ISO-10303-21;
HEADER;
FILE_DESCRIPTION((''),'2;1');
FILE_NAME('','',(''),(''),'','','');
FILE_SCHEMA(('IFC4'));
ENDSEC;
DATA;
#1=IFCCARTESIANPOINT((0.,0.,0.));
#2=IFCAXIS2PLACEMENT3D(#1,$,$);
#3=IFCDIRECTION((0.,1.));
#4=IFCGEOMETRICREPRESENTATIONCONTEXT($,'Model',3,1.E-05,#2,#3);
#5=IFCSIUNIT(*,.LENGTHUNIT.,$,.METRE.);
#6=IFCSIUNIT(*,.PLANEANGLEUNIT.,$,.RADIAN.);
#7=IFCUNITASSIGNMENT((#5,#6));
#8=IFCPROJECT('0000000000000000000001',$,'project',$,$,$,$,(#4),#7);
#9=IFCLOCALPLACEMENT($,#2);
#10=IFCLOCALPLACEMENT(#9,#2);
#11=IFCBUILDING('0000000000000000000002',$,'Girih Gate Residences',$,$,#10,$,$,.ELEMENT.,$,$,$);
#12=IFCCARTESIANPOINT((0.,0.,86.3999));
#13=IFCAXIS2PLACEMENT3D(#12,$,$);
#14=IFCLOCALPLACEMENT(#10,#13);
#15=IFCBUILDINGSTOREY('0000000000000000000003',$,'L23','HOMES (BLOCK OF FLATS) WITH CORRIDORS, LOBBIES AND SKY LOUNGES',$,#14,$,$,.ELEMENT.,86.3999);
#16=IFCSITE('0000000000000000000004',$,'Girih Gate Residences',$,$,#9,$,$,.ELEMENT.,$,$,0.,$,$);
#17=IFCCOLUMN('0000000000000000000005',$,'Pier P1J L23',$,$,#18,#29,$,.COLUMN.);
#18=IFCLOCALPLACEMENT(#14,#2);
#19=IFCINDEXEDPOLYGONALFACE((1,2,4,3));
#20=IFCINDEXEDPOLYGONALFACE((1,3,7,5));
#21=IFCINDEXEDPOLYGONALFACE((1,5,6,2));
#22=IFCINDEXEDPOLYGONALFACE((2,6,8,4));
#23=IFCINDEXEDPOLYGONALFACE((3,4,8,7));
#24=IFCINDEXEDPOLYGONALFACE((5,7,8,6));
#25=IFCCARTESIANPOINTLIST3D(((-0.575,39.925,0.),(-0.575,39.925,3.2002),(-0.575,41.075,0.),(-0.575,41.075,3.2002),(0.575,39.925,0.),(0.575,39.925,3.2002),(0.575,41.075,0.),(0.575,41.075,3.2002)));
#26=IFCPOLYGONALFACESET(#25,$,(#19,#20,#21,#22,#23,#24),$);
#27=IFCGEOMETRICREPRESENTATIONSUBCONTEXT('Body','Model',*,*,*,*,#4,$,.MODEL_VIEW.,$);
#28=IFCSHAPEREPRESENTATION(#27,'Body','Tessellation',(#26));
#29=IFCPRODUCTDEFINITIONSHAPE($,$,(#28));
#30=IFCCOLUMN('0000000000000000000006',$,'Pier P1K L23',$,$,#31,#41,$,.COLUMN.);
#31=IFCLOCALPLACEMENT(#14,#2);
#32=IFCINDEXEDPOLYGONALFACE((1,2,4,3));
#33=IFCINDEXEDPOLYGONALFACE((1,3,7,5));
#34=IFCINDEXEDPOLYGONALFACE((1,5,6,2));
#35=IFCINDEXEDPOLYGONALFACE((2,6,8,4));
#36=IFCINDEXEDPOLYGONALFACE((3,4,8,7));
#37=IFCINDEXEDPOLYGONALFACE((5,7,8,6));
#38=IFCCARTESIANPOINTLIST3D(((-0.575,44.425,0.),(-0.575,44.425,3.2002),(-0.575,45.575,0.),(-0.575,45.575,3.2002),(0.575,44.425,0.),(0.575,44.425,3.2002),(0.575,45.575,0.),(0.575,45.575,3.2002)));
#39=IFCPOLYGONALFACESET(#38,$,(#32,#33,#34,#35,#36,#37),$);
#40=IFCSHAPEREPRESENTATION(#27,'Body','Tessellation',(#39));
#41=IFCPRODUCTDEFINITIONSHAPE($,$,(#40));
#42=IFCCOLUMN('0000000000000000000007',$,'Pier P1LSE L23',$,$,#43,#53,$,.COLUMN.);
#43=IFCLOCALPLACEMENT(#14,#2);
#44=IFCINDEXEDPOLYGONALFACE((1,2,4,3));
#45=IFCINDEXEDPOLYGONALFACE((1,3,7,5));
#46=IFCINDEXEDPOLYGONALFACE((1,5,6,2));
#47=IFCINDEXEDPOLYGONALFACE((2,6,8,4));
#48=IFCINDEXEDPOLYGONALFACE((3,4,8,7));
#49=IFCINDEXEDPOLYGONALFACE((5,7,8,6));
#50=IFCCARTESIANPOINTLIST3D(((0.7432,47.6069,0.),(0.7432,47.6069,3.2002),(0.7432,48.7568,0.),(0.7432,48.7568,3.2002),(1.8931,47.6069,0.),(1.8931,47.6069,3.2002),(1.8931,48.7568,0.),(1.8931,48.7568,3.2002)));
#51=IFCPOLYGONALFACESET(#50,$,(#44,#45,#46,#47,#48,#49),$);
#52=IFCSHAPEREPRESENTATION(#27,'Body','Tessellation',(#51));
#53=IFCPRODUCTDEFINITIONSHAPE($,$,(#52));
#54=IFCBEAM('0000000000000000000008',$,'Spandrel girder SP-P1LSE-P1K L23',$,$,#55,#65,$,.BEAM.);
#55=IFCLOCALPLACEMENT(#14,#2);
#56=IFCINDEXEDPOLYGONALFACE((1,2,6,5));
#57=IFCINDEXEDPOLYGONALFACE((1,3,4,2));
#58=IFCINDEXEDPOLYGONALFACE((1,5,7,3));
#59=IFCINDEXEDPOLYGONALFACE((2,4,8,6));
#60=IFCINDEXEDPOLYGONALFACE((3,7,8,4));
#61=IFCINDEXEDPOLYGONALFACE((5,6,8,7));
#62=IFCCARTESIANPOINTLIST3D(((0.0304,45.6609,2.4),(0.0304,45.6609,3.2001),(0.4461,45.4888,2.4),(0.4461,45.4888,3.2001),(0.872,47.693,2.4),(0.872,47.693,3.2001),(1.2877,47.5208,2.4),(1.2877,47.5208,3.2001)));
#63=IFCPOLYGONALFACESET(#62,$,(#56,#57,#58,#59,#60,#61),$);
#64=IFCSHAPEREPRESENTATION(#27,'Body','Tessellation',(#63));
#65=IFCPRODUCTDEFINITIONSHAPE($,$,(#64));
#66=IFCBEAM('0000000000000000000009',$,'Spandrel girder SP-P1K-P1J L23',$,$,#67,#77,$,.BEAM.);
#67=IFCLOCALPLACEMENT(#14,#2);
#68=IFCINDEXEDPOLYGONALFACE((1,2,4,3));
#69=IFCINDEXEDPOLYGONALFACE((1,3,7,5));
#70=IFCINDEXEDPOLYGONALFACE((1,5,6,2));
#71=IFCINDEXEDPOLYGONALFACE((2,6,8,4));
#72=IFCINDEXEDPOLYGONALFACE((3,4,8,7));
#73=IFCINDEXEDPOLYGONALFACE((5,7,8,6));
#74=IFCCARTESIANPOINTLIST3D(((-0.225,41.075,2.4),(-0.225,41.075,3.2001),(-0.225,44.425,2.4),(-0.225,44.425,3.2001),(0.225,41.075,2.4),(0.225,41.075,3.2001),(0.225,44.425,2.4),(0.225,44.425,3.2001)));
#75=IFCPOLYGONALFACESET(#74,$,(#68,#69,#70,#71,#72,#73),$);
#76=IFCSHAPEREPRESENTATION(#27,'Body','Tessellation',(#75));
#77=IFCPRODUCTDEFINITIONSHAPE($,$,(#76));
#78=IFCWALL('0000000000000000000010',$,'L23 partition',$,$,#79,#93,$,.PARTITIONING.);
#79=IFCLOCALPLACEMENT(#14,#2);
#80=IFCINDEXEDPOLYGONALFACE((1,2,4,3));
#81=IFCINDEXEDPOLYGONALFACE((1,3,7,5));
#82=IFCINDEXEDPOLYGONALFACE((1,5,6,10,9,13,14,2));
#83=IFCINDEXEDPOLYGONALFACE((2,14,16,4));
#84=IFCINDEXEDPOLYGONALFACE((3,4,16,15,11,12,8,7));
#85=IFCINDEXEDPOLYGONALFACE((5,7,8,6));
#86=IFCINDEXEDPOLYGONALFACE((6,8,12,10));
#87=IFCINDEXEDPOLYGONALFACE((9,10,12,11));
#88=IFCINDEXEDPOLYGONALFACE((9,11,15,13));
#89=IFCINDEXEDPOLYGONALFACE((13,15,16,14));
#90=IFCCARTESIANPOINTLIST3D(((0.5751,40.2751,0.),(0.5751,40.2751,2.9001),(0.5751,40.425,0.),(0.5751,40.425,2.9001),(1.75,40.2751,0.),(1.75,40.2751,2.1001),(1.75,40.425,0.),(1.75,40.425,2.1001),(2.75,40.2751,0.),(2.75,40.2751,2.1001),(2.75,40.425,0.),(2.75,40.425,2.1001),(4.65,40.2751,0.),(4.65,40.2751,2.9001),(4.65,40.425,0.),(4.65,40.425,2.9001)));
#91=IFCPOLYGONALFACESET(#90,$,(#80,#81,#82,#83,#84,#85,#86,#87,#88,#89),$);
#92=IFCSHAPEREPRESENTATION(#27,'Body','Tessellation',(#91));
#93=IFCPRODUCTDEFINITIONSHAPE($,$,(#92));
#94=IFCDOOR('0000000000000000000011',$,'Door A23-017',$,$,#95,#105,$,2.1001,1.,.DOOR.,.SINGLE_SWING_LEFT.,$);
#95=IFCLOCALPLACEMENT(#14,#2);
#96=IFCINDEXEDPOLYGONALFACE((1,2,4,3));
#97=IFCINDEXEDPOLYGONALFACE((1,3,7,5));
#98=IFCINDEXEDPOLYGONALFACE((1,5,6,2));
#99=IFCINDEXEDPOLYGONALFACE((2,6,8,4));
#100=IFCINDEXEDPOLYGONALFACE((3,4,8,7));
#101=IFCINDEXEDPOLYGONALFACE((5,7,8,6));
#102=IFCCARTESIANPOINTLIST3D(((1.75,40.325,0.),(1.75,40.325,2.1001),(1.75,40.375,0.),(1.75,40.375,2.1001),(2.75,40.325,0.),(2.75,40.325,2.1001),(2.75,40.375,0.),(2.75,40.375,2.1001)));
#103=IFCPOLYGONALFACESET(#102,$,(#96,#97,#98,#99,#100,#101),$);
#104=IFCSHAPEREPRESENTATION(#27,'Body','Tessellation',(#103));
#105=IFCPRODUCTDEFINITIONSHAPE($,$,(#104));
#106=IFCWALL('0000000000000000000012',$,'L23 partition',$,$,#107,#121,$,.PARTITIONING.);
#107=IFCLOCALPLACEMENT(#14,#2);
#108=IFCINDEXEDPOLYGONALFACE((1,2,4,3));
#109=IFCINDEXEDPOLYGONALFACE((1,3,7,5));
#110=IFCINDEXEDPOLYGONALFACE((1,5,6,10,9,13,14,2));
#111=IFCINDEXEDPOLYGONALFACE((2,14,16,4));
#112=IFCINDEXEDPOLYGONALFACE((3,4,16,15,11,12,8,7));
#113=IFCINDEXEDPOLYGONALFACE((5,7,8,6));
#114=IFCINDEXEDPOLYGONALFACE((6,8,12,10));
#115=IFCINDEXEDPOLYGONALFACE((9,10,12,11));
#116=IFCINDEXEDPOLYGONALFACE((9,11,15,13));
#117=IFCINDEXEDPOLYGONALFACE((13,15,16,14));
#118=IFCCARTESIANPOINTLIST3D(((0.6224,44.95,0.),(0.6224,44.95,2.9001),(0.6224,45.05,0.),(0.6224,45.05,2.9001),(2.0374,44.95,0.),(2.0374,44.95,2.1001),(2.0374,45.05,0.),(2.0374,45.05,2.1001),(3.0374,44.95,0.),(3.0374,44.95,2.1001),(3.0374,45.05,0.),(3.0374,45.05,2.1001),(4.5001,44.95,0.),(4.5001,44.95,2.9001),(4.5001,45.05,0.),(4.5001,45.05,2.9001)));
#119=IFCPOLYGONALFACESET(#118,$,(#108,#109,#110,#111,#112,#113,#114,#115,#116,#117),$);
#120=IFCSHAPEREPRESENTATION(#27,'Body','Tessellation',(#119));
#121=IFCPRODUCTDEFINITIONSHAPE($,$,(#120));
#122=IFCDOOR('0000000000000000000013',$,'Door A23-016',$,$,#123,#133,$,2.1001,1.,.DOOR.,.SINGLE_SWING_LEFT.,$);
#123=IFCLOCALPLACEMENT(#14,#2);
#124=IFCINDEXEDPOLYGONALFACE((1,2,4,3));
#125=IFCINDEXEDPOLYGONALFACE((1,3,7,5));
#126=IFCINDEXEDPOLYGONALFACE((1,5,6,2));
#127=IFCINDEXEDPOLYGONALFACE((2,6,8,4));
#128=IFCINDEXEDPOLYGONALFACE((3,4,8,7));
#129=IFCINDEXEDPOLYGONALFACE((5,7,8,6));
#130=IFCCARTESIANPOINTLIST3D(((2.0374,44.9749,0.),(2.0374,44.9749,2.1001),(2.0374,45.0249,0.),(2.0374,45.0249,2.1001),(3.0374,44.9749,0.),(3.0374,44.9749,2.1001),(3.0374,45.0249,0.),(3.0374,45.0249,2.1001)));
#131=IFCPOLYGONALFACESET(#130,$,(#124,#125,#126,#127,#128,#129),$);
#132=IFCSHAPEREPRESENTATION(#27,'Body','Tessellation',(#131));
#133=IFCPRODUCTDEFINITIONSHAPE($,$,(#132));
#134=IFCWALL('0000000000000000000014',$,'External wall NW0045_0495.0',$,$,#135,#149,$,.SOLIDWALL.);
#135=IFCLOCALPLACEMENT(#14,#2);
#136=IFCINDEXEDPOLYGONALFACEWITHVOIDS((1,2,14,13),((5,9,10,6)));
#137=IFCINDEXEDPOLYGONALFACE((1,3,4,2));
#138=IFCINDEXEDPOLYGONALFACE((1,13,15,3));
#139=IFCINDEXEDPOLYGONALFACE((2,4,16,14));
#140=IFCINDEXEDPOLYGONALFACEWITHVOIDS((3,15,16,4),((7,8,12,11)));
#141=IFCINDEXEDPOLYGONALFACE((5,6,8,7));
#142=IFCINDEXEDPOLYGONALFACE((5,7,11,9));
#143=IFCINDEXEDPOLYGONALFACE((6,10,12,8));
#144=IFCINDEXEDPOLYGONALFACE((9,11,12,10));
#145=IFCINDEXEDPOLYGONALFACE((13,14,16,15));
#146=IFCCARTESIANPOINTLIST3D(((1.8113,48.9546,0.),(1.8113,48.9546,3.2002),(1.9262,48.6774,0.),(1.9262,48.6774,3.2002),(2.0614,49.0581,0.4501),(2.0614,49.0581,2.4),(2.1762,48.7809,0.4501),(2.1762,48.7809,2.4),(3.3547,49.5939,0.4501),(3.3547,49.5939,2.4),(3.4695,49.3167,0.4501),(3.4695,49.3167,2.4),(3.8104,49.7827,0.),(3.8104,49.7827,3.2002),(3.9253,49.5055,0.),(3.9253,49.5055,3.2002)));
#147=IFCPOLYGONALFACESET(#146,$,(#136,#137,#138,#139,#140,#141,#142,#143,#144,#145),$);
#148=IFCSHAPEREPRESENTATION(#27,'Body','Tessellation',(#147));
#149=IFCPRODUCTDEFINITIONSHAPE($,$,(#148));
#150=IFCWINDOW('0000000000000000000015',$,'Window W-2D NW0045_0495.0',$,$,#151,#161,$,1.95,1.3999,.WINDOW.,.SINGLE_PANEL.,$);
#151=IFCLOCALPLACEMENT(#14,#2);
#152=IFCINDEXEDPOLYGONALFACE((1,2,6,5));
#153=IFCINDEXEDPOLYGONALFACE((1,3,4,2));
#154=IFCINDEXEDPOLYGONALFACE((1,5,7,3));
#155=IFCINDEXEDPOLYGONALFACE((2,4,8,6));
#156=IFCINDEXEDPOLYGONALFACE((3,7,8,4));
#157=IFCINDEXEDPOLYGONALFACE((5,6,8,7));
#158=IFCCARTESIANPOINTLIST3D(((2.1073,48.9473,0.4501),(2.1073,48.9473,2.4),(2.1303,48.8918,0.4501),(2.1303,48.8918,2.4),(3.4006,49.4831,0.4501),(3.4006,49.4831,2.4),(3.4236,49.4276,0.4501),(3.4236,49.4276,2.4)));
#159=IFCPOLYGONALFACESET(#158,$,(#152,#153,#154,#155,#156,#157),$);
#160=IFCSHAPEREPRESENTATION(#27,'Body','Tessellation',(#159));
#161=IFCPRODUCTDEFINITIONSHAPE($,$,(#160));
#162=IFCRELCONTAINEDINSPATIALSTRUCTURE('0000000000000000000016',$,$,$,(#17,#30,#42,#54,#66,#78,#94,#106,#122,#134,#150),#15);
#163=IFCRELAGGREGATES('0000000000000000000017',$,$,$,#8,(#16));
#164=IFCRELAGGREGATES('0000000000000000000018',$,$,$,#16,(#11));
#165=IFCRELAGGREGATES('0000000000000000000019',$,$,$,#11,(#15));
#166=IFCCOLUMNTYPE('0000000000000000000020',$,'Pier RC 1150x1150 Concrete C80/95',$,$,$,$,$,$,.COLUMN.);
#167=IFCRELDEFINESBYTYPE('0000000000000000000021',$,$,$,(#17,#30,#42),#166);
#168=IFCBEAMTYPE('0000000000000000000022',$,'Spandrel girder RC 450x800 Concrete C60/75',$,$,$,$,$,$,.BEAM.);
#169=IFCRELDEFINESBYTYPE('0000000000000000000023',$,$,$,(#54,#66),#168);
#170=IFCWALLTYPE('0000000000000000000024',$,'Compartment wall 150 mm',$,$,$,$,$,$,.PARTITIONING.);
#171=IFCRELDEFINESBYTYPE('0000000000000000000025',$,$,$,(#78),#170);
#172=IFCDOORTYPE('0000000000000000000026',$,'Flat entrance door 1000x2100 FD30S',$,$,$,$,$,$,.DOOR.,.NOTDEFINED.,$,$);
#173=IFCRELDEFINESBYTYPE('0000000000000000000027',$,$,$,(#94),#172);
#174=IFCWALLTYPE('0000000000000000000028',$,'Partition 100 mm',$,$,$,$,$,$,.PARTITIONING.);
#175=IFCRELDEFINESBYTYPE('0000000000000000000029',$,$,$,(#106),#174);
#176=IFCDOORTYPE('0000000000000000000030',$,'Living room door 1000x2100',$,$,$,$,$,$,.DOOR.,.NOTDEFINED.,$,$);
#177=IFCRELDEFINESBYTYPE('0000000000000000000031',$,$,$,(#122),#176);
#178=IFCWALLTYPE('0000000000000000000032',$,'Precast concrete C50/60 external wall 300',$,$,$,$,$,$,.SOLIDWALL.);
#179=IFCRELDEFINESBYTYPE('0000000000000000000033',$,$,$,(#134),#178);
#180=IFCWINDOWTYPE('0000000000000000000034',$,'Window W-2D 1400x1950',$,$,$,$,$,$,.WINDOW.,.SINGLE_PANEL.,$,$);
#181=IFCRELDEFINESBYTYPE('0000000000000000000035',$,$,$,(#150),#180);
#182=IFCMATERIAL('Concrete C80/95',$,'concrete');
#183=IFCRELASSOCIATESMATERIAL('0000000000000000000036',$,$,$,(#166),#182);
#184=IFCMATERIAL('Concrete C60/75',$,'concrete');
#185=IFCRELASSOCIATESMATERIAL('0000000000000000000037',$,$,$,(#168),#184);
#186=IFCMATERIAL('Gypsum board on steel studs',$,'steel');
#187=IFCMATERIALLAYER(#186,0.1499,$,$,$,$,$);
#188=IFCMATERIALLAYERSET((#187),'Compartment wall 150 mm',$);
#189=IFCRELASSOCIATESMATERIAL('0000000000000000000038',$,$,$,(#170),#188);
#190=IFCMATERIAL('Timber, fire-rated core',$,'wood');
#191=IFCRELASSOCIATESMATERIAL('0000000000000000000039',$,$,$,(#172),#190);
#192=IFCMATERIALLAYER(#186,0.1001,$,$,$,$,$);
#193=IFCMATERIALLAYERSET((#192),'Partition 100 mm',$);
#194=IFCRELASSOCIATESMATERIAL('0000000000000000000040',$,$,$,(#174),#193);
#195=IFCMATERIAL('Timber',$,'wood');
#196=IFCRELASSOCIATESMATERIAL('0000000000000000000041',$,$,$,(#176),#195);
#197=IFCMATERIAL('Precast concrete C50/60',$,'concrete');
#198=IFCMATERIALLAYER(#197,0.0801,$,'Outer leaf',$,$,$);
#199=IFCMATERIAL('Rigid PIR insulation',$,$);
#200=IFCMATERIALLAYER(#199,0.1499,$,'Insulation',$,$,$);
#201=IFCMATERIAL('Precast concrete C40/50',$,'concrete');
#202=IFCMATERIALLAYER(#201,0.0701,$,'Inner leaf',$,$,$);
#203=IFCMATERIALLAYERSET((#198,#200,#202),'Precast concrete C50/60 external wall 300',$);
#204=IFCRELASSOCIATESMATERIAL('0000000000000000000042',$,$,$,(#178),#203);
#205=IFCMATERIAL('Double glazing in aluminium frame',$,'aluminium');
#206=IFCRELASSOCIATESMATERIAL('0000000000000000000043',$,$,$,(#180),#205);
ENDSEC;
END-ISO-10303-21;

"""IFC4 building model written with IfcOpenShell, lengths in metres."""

from ifc_helpers import new_model, si_unit, direction, frame, frame_2d, origin, origin_2d, place, context, subcontext, project, spatial, rectangle, extrude, material, layer, layer_set, material_profile, profile_set, type_object, element, fill, save


model = new_model("IFC4")

# Units and contexts
model_context = context("Model", 3, precision=1e-05, world=origin(), true_north=direction((0.0, 1.0)))
body_context = subcontext(model_context, "Body", "Model", "MODEL_VIEW")
ifc_project = project(units=[si_unit("LENGTHUNIT", "METRE"), si_unit("PLANEANGLEUNIT", "RADIAN")], contexts=[model_context])

# Site, building, storey
site_placement = place(None, origin())
site = spatial("IfcSite", under=ifc_project, at=site_placement, Name="Girih Gate Residences", CompositionType="ELEMENT", RefElevation=0.0)
building_placement = place(site_placement, origin())
building = spatial("IfcBuilding", under=site, at=building_placement, Name="Girih Gate Residences", CompositionType="ELEMENT")
storey_placement = place(building_placement, frame((0.0, 0.0, 86.3999)))
storey = spatial("IfcBuildingStorey", under=building, at=storey_placement, Name="L23", Description="HOMES (BLOCK OF FLATS) WITH CORRIDORS, LOBBIES AND SKY LOUNGES", CompositionType="ELEMENT", Elevation=86.3999)

# Columns
ifc_material_1 = material(Name="Concrete C80/95", Category="concrete")
ifc_material_profile_1 = material_profile(ifc_material_1, rectangle(XDim=1.1499, YDim=1.1499, at=origin_2d()))
ifc_profile_set_1 = profile_set([ifc_material_profile_1], Name="Concrete C80/95")
column_type = type_object("IfcColumnType", Name="Pier RC 1150x1150 Concrete C80/95", PredefinedType="COLUMN", material=ifc_profile_set_1)
for number, where, z_axis, x_axis, name in (
    (1, (0.0, 40.5, 0.0), (0.0, 0.0, 1.0), (1.0, 0.0, 0.0), "Pier P1J L23"),
    (2, (0.0, 45.0, 0.0), (0.0, 0.0, 1.0), (1.0, 0.0, 0.0), "Pier P1K L23"),
    (3, (1.3181, 48.1819, 0.0), (0.0, 0.0, 1.0), (1.0, 0.0, 0.0), "Pier P1LSE L23"),
):
    element("IfcColumn", number, at=place(storey_placement, frame(where, z_axis=z_axis, x_axis=x_axis)), inside=storey, type_object=column_type, Name=name, PredefinedType="COLUMN", context=body_context, shape_type="SweptSolid", body=[
        extrude(rectangle(XDim=1.1499, YDim=1.1499, at=origin_2d()), origin(), (0.0, 0.0, 1.0), 3.2002),
    ])

# Beams
ifc_material_2 = material(Name="Concrete C60/75", Category="concrete")
ifc_material_profile_2 = material_profile(ifc_material_2, rectangle(XDim=0.45, YDim=0.8, at=origin_2d()))
ifc_profile_set_2 = profile_set([ifc_material_profile_2], Name="Concrete C60/75")
beam_type = type_object("IfcBeamType", Name="Spandrel girder RC 450x800 Concrete C60/75", PredefinedType="BEAM", material=ifc_profile_set_2)
beam_1_placement = place(storey_placement, frame((1.0798, 47.6069, 2.8), z_axis=(-0.382636, -0.923899, 0.0), x_axis=(0.923899, -0.382636, 0.0)))
element("IfcBeam", 4, at=beam_1_placement, inside=storey, type_object=beam_type, Name="Spandrel girder SP-P1LSE-P1K L23", PredefinedType="BEAM", context=body_context, shape_type="SweptSolid", body=[
    extrude(rectangle(XDim=0.45, YDim=0.8, at=origin_2d()), origin(), (0.0, 0.0, 1.0), 2.1995),
])
beam_2_placement = place(storey_placement, frame((0.0, 44.425, 2.8), z_axis=(0.0, -1.0, 0.0), x_axis=(1.0, 0.0, 0.0)))
element("IfcBeam", 5, at=beam_2_placement, inside=storey, type_object=beam_type, Name="Spandrel girder SP-P1K-P1J L23", PredefinedType="BEAM", context=body_context, shape_type="SweptSolid", body=[
    extrude(rectangle(XDim=0.45, YDim=0.8, at=origin_2d()), origin(), (0.0, 0.0, 1.0), 3.3501),
])

# Walls, openings, doors
ifc_material_3 = material(Name="Gypsum board on steel studs", Category="steel")
ifc_layer_1 = layer(ifc_material_3, 0.1499)
ifc_layer_set_1 = layer_set([ifc_layer_1], Name="Compartment wall 150 mm")
wall_type_1 = type_object("IfcWallType", Name="Compartment wall 150 mm", PredefinedType="PARTITIONING", material=ifc_layer_set_1)
wall_1_placement = place(storey_placement, frame((0.575, 40.3501, 0.0), z_axis=(0.0, 0.0, 1.0), x_axis=(1.0, 0.0, 0.0)))
wall_1 = element("IfcWall", 6, at=wall_1_placement, inside=storey, type_object=wall_type_1, Name="L23 partition", PredefinedType="PARTITIONING", context=body_context, shape_type="SweptSolid", body=[
    extrude(rectangle(XDim=4.075, YDim=0.1499, at=frame_2d((2.0376, 0.0))), origin(), (0.0, 0.0, 1.0), 2.9001),
])
opening_1_placement = place(wall_1_placement, frame((1.175, 0.0, 0.0)))
opening_1 = element("IfcOpeningElement", 7, at=opening_1_placement, cuts=wall_1, PredefinedType="OPENING", context=body_context, shape_type="SweptSolid", body=[
    extrude(rectangle(XDim=1.0, YDim=2.1001, at=frame_2d((0.5, 1.05))), frame((0.0, 0.085, 0.0), z_axis=(0.0, -1.0, 0.0), x_axis=(1.0, 0.0, 0.0)), (0.0, 0.0, 1.0), 0.1699),
])
ifc_material_4 = material(Name="Timber, fire-rated core", Category="wood")
door_type_1 = type_object("IfcDoorType", Name="Flat entrance door 1000x2100 FD30S", OperationType="NOTDEFINED", PredefinedType="DOOR", material=ifc_material_4)
door_1_placement = place(opening_1_placement, origin())
door_1 = element("IfcDoor", 8, at=door_1_placement, inside=storey, type_object=door_type_1, Name="Door A23-017", OperationType="SINGLE_SWING_LEFT", OverallHeight=2.1001, OverallWidth=1.0, PredefinedType="DOOR", context=body_context, shape_type="SweptSolid", body=[
    extrude(rectangle(XDim=1.0, YDim=2.1001, at=frame_2d((0.5, 1.05))), frame((0.0, 0.0249, 0.0), z_axis=(0.0, -1.0, 0.0), x_axis=(1.0, 0.0, 0.0)), (0.0, 0.0, 1.0), 0.05),
])
fill(opening_1, door_1)
ifc_layer_2 = layer(ifc_material_3, 0.1001)
ifc_layer_set_2 = layer_set([ifc_layer_2], Name="Partition 100 mm")
wall_type_2 = type_object("IfcWallType", Name="Partition 100 mm", PredefinedType="PARTITIONING", material=ifc_layer_set_2)
wall_2_placement = place(storey_placement, frame((0.6223, 45.0, 0.0), z_axis=(0.0, 0.0, 1.0), x_axis=(1.0, 0.0, 0.0)))
wall_2 = element("IfcWall", 9, at=wall_2_placement, inside=storey, type_object=wall_type_2, Name="L23 partition", PredefinedType="PARTITIONING", context=body_context, shape_type="SweptSolid", body=[
    extrude(rectangle(XDim=3.8777, YDim=0.1001, at=frame_2d((1.939, 0.0))), origin(), (0.0, 0.0, 1.0), 2.9001),
])
opening_2_placement = place(wall_2_placement, frame((1.415, 0.0, 0.0)))
opening_2 = element("IfcOpeningElement", 10, at=opening_2_placement, cuts=wall_2, PredefinedType="OPENING", context=body_context, shape_type="SweptSolid", body=[
    extrude(rectangle(XDim=1.0, YDim=2.1001, at=frame_2d((0.5, 1.05))), frame((0.0, 0.0601, 0.0), z_axis=(0.0, -1.0, 0.0), x_axis=(1.0, 0.0, 0.0)), (0.0, 0.0, 1.0), 0.1201),
])
ifc_material_5 = material(Name="Timber", Category="wood")
door_type_2 = type_object("IfcDoorType", Name="Living room door 1000x2100", OperationType="NOTDEFINED", PredefinedType="DOOR", material=ifc_material_5)
door_2_placement = place(opening_2_placement, origin())
door_2 = element("IfcDoor", 11, at=door_2_placement, inside=storey, type_object=door_type_2, Name="Door A23-016", OperationType="SINGLE_SWING_LEFT", OverallHeight=2.1001, OverallWidth=1.0, PredefinedType="DOOR", context=body_context, shape_type="SweptSolid", body=[
    extrude(rectangle(XDim=1.0, YDim=2.1001, at=frame_2d((0.5, 1.05))), frame((0.0, 0.0249, 0.0), z_axis=(0.0, -1.0, 0.0), x_axis=(1.0, 0.0, 0.0)), (0.0, 0.0, 1.0), 0.05),
])
fill(opening_2, door_2)

# Wall, opening, window
ifc_material_6 = material(Name="Precast concrete C50/60", Category="concrete")
ifc_layer_3 = layer(ifc_material_6, 0.0801, Name="Outer leaf")
ifc_material_7 = material(Name="Rigid PIR insulation")
ifc_layer_4 = layer(ifc_material_7, 0.1499, Name="Insulation")
ifc_material_8 = material(Name="Precast concrete C40/50", Category="concrete")
ifc_layer_5 = layer(ifc_material_8, 0.0701, Name="Inner leaf")
ifc_layer_set_3 = layer_set([ifc_layer_3, ifc_layer_4, ifc_layer_5], Name="Precast concrete C50/60 external wall 300")
wall_type_3 = type_object("IfcWallType", Name="Precast concrete C50/60 external wall 300", PredefinedType="SOLIDWALL", material=ifc_layer_set_3)
wall_3_placement = place(storey_placement, frame((1.8687, 48.8159, 0.0), z_axis=(0.0, 0.0, 1.0), x_axis=(0.923863, 0.382724, 0.0)))
wall_3 = element("IfcWall", 12, at=wall_3_placement, inside=storey, type_object=wall_type_3, Name="External wall NW0045_0495.0", PredefinedType="SOLIDWALL", context=body_context, shape_type="SweptSolid", body=[
    extrude(rectangle(XDim=2.1638, YDim=0.3, at=frame_2d((1.082, 0.0))), origin(), (0.0, 0.0, 1.0), 3.2002),
])
opening_3_placement = place(wall_3_placement, frame((0.2708, 0.0, 0.45)))
opening_3 = element("IfcOpeningElement", 13, at=opening_3_placement, cuts=wall_3, PredefinedType="OPENING", context=body_context, shape_type="SweptSolid", body=[
    extrude(rectangle(XDim=1.3999, YDim=1.95, at=frame_2d((0.7, 0.9751))), frame((0.0, 0.1599, 0.0), z_axis=(0.0, -1.0, 0.0), x_axis=(1.0, 0.0, 0.0)), (0.0, 0.0, 1.0), 0.3201),
])
ifc_material_9 = material(Name="Double glazing in aluminium frame", Category="aluminium")
window_type_1 = type_object("IfcWindowType", Name="Window W-2D 1400x1950", PartitioningType="SINGLE_PANEL", PredefinedType="WINDOW", material=ifc_material_9)
window_1_placement = place(opening_3_placement, origin())
window_1 = element("IfcWindow", 14, at=window_1_placement, inside=storey, type_object=window_type_1, Name="Window W-2D NW0045_0495.0", OverallHeight=1.95, OverallWidth=1.3999, PartitioningType="SINGLE_PANEL", PredefinedType="WINDOW", context=body_context, shape_type="SweptSolid", body=[
    extrude(rectangle(XDim=1.3999, YDim=1.95, at=frame_2d((0.7, 0.9751))), frame((0.0, 0.03, 0.0), z_axis=(0.0, -1.0, 0.0), x_axis=(1.0, 0.0, 0.0)), (0.0, 0.0, 1.0), 0.0601),
])
fill(opening_3, window_1)

save(model, "model.ifc")
